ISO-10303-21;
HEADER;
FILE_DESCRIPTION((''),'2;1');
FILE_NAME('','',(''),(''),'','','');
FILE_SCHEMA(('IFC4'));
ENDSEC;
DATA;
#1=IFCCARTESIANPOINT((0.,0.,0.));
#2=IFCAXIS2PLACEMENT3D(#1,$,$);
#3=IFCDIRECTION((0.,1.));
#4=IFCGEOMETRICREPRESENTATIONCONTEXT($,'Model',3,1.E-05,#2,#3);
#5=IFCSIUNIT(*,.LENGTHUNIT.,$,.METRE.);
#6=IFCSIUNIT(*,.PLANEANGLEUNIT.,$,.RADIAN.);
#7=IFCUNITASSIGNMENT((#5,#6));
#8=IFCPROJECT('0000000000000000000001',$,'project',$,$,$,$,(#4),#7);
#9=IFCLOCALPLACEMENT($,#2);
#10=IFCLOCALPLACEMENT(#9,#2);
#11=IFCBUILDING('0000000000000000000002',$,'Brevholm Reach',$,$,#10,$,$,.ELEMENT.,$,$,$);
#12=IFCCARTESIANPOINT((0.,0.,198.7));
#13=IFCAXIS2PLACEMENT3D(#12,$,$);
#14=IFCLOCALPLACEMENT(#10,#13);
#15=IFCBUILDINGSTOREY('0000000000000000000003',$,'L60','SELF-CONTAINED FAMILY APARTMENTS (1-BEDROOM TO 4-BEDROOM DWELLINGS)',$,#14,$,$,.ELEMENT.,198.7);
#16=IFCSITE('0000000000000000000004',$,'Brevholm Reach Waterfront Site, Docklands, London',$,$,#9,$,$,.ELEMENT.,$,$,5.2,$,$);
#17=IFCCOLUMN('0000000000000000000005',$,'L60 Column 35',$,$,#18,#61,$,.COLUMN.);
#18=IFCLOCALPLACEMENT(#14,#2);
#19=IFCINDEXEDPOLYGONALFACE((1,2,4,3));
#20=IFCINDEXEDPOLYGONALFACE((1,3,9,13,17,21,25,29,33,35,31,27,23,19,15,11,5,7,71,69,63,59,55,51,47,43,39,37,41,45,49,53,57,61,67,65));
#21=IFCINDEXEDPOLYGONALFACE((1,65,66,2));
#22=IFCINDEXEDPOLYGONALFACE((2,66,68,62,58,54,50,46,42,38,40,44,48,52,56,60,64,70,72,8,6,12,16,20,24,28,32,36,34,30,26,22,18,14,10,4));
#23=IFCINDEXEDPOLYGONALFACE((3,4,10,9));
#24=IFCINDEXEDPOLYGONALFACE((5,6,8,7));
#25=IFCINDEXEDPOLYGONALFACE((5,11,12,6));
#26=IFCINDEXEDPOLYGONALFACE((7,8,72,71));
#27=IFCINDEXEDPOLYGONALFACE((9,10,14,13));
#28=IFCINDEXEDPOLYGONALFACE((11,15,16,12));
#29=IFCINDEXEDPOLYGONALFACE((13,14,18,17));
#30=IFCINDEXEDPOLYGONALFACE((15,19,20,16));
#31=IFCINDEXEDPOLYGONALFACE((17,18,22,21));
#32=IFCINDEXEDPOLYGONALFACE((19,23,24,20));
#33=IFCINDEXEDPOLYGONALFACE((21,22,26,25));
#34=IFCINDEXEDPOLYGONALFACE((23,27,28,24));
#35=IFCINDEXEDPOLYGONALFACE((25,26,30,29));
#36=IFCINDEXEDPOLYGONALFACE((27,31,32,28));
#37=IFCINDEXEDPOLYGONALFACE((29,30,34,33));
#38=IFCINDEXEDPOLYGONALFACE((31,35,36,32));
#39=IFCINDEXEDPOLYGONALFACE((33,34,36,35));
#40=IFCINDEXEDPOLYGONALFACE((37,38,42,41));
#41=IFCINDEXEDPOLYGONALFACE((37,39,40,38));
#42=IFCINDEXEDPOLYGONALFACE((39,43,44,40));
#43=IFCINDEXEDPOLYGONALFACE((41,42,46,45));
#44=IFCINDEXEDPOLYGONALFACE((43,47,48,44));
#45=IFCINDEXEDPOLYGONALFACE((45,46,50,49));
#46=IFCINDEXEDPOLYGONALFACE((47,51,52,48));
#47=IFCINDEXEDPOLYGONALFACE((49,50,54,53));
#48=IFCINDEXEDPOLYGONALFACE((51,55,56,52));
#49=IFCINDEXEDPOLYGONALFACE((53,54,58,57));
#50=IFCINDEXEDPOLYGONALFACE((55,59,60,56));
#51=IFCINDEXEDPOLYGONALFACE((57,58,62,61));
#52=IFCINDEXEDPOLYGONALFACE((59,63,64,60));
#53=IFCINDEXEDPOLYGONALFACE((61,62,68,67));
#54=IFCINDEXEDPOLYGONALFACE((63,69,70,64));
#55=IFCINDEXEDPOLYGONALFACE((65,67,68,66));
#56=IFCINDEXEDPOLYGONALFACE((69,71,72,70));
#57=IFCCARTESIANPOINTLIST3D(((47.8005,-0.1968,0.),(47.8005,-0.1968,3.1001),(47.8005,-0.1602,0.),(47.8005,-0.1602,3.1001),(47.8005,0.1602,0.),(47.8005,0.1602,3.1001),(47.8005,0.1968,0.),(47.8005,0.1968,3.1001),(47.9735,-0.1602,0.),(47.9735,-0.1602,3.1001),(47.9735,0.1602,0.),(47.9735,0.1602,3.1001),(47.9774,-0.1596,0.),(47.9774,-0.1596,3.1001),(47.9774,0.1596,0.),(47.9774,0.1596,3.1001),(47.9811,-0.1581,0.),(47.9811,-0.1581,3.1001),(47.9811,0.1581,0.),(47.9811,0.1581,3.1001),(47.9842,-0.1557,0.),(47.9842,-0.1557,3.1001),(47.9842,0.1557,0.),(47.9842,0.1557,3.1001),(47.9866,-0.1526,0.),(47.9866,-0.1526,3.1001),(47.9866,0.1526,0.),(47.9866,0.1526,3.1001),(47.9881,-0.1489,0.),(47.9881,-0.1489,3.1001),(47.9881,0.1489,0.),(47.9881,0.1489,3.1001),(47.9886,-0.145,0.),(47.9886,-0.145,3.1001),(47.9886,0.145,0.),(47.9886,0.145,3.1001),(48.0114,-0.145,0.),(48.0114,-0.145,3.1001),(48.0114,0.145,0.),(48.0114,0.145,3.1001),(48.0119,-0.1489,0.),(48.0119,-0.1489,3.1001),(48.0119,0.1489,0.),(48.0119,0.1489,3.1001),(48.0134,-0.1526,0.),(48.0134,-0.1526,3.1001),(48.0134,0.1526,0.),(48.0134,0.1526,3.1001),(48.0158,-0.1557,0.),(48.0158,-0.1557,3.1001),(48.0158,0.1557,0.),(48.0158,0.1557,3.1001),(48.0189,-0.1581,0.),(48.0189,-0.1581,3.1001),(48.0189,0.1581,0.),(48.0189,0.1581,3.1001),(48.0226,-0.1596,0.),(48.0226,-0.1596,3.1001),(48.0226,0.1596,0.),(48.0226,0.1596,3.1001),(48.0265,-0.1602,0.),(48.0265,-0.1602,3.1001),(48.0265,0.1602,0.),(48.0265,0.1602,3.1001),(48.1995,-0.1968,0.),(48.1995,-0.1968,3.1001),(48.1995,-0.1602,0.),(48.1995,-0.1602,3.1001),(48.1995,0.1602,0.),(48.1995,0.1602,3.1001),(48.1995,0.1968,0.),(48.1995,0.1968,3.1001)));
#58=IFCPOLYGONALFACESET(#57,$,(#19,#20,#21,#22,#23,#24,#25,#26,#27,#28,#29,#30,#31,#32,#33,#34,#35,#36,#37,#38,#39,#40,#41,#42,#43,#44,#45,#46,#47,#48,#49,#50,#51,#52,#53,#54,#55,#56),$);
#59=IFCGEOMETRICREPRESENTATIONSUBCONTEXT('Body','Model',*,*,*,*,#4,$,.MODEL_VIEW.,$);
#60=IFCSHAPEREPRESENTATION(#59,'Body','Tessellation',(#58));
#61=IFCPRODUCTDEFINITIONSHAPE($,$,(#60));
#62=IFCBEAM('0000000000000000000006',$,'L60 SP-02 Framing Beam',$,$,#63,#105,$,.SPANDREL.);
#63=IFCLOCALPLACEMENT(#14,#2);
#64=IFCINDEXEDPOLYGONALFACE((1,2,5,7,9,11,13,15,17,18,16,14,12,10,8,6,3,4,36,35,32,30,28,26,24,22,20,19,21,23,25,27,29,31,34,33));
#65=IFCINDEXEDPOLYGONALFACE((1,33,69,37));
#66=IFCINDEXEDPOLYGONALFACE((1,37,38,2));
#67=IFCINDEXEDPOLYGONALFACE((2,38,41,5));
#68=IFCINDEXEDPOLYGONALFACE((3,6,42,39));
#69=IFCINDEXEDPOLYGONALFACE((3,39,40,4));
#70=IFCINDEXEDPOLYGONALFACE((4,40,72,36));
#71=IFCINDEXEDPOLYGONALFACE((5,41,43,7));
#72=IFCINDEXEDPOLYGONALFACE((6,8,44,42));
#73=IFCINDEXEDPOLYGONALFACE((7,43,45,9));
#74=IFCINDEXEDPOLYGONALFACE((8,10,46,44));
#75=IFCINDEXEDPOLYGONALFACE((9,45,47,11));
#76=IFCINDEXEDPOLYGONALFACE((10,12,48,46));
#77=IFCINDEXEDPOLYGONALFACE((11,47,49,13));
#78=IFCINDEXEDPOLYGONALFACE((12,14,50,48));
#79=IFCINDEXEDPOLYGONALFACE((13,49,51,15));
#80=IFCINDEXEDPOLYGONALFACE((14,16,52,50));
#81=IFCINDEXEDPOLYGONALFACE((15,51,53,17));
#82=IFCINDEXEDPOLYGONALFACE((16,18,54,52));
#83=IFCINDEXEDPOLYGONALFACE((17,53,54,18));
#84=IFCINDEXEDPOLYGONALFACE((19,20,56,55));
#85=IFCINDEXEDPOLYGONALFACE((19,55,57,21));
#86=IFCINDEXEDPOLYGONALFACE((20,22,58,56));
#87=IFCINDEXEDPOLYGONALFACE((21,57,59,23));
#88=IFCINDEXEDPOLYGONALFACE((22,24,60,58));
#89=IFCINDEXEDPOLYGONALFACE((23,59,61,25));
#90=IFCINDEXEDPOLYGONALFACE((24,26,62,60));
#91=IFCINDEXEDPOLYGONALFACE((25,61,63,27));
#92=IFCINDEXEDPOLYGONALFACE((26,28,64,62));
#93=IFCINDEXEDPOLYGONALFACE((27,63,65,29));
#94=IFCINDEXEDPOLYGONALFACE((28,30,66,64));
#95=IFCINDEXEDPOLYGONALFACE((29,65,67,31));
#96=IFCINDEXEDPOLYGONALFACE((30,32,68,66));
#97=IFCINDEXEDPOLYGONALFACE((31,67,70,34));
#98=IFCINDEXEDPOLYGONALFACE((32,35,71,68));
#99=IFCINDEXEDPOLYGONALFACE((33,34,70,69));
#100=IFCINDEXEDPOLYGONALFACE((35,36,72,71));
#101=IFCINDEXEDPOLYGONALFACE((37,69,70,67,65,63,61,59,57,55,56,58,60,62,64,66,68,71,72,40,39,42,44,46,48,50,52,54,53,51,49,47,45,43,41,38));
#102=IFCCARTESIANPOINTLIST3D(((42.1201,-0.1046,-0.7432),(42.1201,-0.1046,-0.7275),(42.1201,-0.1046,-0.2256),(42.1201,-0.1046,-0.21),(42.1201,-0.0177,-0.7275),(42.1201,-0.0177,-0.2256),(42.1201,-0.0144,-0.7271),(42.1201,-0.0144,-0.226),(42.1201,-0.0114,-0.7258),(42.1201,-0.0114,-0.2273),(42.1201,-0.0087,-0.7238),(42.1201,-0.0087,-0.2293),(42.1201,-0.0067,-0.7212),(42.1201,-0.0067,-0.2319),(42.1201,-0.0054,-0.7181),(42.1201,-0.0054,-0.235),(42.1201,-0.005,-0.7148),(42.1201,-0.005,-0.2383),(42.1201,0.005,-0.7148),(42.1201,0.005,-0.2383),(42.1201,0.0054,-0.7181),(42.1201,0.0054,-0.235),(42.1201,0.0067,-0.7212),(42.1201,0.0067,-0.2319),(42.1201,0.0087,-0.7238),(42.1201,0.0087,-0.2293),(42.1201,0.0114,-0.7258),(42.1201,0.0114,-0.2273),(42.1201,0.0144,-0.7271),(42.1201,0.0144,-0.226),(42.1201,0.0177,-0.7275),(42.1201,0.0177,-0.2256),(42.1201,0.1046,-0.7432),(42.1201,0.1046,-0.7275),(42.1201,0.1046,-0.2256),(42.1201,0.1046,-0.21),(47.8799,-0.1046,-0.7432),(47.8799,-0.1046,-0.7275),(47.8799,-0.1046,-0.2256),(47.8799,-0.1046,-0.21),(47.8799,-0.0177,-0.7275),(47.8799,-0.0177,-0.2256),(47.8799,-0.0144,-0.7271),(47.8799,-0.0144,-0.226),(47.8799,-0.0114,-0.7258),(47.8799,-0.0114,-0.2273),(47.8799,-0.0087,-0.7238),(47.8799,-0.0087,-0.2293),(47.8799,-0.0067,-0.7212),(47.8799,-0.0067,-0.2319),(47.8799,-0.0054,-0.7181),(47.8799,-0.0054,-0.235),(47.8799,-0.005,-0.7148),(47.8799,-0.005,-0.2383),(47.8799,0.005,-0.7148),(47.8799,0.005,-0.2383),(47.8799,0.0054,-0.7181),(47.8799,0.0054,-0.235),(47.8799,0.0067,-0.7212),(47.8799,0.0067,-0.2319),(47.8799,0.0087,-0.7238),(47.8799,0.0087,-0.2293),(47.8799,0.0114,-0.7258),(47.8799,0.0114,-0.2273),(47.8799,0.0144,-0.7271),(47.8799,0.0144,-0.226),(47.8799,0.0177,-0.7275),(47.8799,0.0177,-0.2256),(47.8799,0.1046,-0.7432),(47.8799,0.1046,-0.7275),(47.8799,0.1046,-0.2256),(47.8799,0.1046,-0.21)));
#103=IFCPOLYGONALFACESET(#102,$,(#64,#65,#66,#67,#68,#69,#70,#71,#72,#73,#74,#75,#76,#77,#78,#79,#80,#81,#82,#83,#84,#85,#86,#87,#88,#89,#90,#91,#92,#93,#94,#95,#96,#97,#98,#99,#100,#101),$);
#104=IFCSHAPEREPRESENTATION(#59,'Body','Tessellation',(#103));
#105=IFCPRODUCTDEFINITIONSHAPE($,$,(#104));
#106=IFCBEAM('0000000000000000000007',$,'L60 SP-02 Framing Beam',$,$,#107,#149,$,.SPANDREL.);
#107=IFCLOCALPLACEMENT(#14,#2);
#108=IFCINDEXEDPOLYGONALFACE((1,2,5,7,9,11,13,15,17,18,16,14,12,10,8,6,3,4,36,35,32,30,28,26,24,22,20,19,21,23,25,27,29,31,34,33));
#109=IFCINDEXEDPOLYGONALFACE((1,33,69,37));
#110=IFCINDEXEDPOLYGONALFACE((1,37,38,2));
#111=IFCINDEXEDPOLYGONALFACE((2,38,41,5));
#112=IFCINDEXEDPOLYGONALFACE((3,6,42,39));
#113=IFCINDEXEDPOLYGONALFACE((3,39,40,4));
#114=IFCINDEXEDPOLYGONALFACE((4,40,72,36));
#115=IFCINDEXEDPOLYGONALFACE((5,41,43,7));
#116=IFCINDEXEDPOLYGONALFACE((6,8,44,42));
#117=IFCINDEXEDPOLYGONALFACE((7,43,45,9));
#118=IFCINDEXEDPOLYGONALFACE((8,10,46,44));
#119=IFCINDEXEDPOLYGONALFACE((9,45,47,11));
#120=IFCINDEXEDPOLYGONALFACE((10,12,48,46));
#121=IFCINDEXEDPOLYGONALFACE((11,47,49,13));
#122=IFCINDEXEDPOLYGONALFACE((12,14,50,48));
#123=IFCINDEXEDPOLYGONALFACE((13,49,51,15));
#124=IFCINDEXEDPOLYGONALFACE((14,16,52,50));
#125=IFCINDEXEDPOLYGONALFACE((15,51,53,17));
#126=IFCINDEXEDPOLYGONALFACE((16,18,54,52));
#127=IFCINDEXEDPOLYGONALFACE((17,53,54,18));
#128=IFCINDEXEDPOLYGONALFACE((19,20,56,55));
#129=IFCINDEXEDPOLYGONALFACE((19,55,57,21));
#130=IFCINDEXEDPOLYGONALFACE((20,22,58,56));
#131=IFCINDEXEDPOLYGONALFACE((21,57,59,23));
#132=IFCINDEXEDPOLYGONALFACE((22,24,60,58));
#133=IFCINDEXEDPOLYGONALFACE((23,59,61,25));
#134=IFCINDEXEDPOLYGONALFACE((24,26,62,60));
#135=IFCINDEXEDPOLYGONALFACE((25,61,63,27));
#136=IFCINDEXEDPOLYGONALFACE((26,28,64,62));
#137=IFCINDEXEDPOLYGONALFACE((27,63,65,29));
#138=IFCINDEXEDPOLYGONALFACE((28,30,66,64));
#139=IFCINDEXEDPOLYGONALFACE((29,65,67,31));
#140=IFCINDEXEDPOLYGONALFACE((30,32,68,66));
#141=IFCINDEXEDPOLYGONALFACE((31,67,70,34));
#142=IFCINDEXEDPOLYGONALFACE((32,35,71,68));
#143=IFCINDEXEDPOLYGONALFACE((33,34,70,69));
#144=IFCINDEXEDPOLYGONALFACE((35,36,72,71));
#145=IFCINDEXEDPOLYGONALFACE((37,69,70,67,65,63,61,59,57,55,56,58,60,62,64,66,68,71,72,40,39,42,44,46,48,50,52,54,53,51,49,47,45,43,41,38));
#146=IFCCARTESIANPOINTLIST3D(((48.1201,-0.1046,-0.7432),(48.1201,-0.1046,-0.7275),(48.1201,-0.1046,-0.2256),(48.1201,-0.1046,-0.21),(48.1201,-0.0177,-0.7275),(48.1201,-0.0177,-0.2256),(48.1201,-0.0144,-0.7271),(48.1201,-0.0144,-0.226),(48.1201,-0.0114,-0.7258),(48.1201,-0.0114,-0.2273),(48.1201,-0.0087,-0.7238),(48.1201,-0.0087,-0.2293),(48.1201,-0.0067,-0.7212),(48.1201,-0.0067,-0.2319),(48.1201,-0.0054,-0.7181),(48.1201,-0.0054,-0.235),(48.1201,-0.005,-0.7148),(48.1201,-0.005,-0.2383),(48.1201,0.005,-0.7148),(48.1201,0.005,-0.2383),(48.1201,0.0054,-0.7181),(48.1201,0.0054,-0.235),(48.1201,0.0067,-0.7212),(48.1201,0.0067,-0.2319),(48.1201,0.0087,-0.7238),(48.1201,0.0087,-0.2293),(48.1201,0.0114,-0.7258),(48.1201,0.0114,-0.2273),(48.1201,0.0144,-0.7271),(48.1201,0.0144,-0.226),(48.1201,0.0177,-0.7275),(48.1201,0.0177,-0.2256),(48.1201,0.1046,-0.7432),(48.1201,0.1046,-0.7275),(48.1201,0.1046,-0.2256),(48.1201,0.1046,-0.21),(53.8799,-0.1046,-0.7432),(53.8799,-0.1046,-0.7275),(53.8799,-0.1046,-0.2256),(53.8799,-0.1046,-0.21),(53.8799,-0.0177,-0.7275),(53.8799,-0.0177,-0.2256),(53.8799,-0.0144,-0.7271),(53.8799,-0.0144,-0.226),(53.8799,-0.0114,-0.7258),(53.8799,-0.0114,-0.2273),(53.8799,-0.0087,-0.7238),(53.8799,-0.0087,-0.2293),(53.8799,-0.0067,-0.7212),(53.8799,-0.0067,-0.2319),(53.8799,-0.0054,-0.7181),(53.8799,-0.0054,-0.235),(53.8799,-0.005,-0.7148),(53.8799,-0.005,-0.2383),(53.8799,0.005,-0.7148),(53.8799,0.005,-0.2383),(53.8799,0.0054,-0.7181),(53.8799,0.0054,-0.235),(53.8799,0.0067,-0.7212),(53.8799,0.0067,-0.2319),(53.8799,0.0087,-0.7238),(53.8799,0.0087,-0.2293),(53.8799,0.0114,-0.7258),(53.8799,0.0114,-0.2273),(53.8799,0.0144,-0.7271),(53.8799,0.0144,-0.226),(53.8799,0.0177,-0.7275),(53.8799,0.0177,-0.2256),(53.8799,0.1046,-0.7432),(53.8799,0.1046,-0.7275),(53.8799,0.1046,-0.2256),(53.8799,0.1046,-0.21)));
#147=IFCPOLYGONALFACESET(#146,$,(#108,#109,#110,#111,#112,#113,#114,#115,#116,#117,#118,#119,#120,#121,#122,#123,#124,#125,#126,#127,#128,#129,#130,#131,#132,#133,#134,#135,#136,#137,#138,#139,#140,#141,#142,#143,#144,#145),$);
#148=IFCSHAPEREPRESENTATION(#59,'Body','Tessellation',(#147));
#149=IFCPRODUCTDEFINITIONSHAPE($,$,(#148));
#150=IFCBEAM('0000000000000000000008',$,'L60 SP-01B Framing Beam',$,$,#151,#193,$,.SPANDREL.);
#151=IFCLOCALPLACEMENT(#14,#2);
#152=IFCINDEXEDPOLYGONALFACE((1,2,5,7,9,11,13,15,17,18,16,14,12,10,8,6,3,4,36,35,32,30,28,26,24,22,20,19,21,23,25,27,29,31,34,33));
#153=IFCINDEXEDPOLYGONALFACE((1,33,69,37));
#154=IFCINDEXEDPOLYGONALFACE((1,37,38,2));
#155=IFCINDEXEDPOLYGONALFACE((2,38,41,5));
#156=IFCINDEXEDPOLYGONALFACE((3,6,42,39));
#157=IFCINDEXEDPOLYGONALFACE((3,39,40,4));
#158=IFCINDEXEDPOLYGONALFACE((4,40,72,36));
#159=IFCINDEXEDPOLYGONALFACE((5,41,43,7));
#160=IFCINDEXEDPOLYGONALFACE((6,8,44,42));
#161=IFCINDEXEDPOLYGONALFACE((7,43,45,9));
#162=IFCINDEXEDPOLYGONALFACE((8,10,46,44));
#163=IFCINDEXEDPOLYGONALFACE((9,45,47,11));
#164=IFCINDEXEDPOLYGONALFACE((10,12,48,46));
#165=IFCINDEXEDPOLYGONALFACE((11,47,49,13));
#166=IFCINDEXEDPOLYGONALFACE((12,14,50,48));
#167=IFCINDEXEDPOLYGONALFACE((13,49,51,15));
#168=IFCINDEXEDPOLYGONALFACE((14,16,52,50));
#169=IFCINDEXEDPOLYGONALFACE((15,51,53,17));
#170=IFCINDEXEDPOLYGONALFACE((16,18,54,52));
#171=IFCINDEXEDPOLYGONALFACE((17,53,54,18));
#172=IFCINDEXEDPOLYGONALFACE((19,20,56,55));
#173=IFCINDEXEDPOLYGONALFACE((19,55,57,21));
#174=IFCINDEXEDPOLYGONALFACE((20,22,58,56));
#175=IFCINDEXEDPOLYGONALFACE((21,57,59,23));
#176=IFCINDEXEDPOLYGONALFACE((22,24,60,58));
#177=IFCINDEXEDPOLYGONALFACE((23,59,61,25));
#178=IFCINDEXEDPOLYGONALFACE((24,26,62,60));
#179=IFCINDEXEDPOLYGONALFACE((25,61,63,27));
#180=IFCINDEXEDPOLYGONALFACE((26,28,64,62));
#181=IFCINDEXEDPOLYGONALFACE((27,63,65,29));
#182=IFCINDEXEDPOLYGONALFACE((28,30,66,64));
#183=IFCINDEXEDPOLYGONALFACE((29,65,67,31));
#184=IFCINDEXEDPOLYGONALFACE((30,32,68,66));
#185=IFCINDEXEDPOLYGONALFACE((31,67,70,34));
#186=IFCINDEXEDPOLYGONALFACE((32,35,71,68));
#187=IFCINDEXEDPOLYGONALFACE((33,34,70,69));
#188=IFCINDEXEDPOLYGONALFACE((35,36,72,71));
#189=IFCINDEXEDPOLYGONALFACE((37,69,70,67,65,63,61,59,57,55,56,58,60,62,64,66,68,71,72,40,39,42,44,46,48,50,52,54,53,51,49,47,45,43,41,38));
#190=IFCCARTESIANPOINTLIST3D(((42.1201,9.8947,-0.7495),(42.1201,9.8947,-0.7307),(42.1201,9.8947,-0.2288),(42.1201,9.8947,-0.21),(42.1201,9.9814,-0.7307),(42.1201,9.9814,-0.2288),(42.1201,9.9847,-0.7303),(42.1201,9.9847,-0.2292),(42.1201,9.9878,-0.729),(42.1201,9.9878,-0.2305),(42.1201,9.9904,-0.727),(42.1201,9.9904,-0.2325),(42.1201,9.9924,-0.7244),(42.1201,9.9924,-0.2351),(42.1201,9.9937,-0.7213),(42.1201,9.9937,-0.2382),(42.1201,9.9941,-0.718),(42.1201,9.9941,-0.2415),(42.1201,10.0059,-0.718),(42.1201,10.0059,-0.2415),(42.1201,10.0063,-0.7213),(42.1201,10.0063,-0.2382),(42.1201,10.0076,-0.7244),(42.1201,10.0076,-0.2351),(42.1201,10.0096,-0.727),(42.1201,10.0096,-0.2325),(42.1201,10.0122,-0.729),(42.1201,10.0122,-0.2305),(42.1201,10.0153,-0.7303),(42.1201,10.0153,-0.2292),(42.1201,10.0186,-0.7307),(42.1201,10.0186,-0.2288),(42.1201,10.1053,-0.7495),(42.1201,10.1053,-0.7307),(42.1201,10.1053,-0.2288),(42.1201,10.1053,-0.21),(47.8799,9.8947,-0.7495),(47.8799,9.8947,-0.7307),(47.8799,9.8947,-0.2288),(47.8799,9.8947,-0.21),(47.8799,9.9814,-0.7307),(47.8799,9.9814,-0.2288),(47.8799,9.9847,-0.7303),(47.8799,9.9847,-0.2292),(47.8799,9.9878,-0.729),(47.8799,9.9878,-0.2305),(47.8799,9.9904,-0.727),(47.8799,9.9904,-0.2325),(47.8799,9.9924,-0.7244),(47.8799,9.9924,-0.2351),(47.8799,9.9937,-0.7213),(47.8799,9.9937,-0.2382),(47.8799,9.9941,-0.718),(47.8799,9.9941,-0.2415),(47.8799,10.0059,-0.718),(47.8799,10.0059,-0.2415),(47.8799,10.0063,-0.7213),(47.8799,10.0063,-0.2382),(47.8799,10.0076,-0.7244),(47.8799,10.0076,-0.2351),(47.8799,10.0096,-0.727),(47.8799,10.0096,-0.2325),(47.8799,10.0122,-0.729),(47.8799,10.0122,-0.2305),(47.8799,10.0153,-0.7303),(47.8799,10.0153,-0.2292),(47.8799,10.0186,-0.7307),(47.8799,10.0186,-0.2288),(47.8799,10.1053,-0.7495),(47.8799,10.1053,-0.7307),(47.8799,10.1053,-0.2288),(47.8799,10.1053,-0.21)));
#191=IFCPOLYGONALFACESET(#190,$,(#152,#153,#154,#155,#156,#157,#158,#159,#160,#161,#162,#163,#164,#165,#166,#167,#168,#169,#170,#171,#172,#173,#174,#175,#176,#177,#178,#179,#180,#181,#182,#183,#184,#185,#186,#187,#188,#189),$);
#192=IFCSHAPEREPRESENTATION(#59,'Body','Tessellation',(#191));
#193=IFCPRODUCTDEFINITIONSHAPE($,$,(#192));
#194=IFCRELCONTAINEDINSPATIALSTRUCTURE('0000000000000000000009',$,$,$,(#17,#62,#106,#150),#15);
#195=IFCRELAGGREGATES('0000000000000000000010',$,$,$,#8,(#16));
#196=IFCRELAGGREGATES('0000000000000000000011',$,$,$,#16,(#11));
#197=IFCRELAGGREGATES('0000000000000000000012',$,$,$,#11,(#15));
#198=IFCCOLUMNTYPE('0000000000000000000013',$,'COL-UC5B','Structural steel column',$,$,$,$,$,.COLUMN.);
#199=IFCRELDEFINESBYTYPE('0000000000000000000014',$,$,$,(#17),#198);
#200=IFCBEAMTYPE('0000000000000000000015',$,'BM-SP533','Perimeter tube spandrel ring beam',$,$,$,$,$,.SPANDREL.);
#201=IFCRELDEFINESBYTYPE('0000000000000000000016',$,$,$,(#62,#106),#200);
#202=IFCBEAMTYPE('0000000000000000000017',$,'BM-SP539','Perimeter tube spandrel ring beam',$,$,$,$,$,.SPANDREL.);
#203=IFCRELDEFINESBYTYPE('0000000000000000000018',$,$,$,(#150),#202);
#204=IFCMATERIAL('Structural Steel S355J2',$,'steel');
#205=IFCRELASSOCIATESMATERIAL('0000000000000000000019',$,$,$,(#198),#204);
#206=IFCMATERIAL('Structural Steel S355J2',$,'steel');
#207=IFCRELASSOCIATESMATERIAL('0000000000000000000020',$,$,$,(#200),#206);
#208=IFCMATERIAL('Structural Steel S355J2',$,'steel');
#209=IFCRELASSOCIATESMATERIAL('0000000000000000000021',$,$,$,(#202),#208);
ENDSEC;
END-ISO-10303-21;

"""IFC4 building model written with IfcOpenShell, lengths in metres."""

from ifc_helpers import new_model, si_unit, direction, frame, origin, origin_2d, place, context, subcontext, project, spatial, i_section, extrude, material, material_profile, profile_set, type_object, element, save


model = new_model("IFC4")

# Units and contexts
model_context = context("Model", 3, precision=1e-05, world=origin(), true_north=direction((0.0, 1.0)))
body_context = subcontext(model_context, "Body", "Model", "MODEL_VIEW")
ifc_project = project(units=[si_unit("LENGTHUNIT", "METRE"), si_unit("PLANEANGLEUNIT", "RADIAN")], contexts=[model_context])

# Site, building, storey
site_placement = place(None, origin())
site = spatial("IfcSite", under=ifc_project, at=site_placement, Name="Brevholm Reach Waterfront Site, Docklands, London", CompositionType="ELEMENT", RefElevation=5.2)
building_placement = place(site_placement, origin())
building = spatial("IfcBuilding", under=site, at=building_placement, Name="Brevholm Reach", CompositionType="ELEMENT")
storey_placement = place(building_placement, frame((0.0, 0.0, 198.7)))
storey = spatial("IfcBuildingStorey", under=building, at=storey_placement, Name="L60", Description="SELF-CONTAINED FAMILY APARTMENTS (1-BEDROOM TO 4-BEDROOM DWELLINGS)", CompositionType="ELEMENT", Elevation=198.7)

# Column
ifc_material_1 = material(Name="Structural Steel S355J2", Category="steel")
ifc_material_profile_1 = material_profile(ifc_material_1, i_section(OverallWidth=0.3989, OverallDepth=0.3936, WebThickness=0.0227, FlangeThickness=0.0366, FilletRadius=0.0151, at=origin_2d()), Name="UKC 356x406x287")
ifc_profile_set_1 = profile_set([ifc_material_profile_1], Name="Structural Steel S355J2")
column_type = type_object("IfcColumnType", Name="COL-UC5B", Description="Structural steel column", PredefinedType="COLUMN", material=ifc_profile_set_1)
column_placement = place(storey_placement, frame((48.0, 0.0, 0.0), z_axis=(0.0, 0.0, 1.0), x_axis=(1.0, 0.0, 0.0)))
element("IfcColumn", 1, at=column_placement, inside=storey, type_object=column_type, Name="L60 Column 35", PredefinedType="COLUMN", context=body_context, shape_type="SweptSolid", body=[
    extrude(i_section(OverallWidth=0.3989, OverallDepth=0.3936, WebThickness=0.0227, FlangeThickness=0.0366, FilletRadius=0.0151, at=origin_2d()), origin(), (0.0, 0.0, 1.0), 3.1001),
])

# Beams
ifc_material_2 = material(Name="Structural Steel S355J2", Category="steel")
ifc_material_profile_2 = material_profile(ifc_material_2, i_section(OverallWidth=0.2092, OverallDepth=0.5332, WebThickness=0.01, FlangeThickness=0.0156, FilletRadius=0.0127, at=origin_2d()), Name="UKB 533x210x92")
ifc_profile_set_2 = profile_set([ifc_material_profile_2], Name="Structural Steel S355J2")
beam_type_1 = type_object("IfcBeamType", Name="BM-SP533", Description="Perimeter tube spandrel ring beam", PredefinedType="SPANDREL", material=ifc_profile_set_2)
for number, where, z_axis, x_axis, name in (
    (2, (42.1201, 0.0, -0.4766), (1.0, 0.0, 0.0), (0.0, 1.0, 0.0), "L60 SP-02 Framing Beam"),
    (3, (48.1201, 0.0, -0.4766), (1.0, 0.0, 0.0), (0.0, 1.0, 0.0), "L60 SP-02 Framing Beam"),
):
    element("IfcBeam", number, at=place(storey_placement, frame(where, z_axis=z_axis, x_axis=x_axis)), inside=storey, type_object=beam_type_1, Name=name, PredefinedType="SPANDREL", context=body_context, shape_type="SweptSolid", body=[
        extrude(i_section(OverallWidth=0.2092, OverallDepth=0.5332, WebThickness=0.01, FlangeThickness=0.0156, FilletRadius=0.0127, at=origin_2d()), origin(), (0.0, 0.0, 1.0), 5.7598),
    ])
ifc_material_3 = material(Name="Structural Steel S355J2", Category="steel")
ifc_material_profile_3 = material_profile(ifc_material_3, i_section(OverallWidth=0.2107, OverallDepth=0.5396, WebThickness=0.0117, FlangeThickness=0.0188, FilletRadius=0.0127, at=origin_2d()), Name="UKB 533x210x109")
ifc_profile_set_3 = profile_set([ifc_material_profile_3], Name="Structural Steel S355J2")
beam_type_2 = type_object("IfcBeamType", Name="BM-SP539", Description="Perimeter tube spandrel ring beam", PredefinedType="SPANDREL", material=ifc_profile_set_3)
beam_1_placement = place(storey_placement, frame((42.1201, 10.0, -0.4797), z_axis=(1.0, 0.0, 0.0), x_axis=(0.0, 1.0, 0.0)))
element("IfcBeam", 4, at=beam_1_placement, inside=storey, type_object=beam_type_2, Name="L60 SP-01B Framing Beam", PredefinedType="SPANDREL", context=body_context, shape_type="SweptSolid", body=[
    extrude(i_section(OverallWidth=0.2107, OverallDepth=0.5396, WebThickness=0.0117, FlangeThickness=0.0188, FilletRadius=0.0127, at=origin_2d()), origin(), (0.0, 0.0, 1.0), 5.7598),
])

save(model, "model.ifc")
